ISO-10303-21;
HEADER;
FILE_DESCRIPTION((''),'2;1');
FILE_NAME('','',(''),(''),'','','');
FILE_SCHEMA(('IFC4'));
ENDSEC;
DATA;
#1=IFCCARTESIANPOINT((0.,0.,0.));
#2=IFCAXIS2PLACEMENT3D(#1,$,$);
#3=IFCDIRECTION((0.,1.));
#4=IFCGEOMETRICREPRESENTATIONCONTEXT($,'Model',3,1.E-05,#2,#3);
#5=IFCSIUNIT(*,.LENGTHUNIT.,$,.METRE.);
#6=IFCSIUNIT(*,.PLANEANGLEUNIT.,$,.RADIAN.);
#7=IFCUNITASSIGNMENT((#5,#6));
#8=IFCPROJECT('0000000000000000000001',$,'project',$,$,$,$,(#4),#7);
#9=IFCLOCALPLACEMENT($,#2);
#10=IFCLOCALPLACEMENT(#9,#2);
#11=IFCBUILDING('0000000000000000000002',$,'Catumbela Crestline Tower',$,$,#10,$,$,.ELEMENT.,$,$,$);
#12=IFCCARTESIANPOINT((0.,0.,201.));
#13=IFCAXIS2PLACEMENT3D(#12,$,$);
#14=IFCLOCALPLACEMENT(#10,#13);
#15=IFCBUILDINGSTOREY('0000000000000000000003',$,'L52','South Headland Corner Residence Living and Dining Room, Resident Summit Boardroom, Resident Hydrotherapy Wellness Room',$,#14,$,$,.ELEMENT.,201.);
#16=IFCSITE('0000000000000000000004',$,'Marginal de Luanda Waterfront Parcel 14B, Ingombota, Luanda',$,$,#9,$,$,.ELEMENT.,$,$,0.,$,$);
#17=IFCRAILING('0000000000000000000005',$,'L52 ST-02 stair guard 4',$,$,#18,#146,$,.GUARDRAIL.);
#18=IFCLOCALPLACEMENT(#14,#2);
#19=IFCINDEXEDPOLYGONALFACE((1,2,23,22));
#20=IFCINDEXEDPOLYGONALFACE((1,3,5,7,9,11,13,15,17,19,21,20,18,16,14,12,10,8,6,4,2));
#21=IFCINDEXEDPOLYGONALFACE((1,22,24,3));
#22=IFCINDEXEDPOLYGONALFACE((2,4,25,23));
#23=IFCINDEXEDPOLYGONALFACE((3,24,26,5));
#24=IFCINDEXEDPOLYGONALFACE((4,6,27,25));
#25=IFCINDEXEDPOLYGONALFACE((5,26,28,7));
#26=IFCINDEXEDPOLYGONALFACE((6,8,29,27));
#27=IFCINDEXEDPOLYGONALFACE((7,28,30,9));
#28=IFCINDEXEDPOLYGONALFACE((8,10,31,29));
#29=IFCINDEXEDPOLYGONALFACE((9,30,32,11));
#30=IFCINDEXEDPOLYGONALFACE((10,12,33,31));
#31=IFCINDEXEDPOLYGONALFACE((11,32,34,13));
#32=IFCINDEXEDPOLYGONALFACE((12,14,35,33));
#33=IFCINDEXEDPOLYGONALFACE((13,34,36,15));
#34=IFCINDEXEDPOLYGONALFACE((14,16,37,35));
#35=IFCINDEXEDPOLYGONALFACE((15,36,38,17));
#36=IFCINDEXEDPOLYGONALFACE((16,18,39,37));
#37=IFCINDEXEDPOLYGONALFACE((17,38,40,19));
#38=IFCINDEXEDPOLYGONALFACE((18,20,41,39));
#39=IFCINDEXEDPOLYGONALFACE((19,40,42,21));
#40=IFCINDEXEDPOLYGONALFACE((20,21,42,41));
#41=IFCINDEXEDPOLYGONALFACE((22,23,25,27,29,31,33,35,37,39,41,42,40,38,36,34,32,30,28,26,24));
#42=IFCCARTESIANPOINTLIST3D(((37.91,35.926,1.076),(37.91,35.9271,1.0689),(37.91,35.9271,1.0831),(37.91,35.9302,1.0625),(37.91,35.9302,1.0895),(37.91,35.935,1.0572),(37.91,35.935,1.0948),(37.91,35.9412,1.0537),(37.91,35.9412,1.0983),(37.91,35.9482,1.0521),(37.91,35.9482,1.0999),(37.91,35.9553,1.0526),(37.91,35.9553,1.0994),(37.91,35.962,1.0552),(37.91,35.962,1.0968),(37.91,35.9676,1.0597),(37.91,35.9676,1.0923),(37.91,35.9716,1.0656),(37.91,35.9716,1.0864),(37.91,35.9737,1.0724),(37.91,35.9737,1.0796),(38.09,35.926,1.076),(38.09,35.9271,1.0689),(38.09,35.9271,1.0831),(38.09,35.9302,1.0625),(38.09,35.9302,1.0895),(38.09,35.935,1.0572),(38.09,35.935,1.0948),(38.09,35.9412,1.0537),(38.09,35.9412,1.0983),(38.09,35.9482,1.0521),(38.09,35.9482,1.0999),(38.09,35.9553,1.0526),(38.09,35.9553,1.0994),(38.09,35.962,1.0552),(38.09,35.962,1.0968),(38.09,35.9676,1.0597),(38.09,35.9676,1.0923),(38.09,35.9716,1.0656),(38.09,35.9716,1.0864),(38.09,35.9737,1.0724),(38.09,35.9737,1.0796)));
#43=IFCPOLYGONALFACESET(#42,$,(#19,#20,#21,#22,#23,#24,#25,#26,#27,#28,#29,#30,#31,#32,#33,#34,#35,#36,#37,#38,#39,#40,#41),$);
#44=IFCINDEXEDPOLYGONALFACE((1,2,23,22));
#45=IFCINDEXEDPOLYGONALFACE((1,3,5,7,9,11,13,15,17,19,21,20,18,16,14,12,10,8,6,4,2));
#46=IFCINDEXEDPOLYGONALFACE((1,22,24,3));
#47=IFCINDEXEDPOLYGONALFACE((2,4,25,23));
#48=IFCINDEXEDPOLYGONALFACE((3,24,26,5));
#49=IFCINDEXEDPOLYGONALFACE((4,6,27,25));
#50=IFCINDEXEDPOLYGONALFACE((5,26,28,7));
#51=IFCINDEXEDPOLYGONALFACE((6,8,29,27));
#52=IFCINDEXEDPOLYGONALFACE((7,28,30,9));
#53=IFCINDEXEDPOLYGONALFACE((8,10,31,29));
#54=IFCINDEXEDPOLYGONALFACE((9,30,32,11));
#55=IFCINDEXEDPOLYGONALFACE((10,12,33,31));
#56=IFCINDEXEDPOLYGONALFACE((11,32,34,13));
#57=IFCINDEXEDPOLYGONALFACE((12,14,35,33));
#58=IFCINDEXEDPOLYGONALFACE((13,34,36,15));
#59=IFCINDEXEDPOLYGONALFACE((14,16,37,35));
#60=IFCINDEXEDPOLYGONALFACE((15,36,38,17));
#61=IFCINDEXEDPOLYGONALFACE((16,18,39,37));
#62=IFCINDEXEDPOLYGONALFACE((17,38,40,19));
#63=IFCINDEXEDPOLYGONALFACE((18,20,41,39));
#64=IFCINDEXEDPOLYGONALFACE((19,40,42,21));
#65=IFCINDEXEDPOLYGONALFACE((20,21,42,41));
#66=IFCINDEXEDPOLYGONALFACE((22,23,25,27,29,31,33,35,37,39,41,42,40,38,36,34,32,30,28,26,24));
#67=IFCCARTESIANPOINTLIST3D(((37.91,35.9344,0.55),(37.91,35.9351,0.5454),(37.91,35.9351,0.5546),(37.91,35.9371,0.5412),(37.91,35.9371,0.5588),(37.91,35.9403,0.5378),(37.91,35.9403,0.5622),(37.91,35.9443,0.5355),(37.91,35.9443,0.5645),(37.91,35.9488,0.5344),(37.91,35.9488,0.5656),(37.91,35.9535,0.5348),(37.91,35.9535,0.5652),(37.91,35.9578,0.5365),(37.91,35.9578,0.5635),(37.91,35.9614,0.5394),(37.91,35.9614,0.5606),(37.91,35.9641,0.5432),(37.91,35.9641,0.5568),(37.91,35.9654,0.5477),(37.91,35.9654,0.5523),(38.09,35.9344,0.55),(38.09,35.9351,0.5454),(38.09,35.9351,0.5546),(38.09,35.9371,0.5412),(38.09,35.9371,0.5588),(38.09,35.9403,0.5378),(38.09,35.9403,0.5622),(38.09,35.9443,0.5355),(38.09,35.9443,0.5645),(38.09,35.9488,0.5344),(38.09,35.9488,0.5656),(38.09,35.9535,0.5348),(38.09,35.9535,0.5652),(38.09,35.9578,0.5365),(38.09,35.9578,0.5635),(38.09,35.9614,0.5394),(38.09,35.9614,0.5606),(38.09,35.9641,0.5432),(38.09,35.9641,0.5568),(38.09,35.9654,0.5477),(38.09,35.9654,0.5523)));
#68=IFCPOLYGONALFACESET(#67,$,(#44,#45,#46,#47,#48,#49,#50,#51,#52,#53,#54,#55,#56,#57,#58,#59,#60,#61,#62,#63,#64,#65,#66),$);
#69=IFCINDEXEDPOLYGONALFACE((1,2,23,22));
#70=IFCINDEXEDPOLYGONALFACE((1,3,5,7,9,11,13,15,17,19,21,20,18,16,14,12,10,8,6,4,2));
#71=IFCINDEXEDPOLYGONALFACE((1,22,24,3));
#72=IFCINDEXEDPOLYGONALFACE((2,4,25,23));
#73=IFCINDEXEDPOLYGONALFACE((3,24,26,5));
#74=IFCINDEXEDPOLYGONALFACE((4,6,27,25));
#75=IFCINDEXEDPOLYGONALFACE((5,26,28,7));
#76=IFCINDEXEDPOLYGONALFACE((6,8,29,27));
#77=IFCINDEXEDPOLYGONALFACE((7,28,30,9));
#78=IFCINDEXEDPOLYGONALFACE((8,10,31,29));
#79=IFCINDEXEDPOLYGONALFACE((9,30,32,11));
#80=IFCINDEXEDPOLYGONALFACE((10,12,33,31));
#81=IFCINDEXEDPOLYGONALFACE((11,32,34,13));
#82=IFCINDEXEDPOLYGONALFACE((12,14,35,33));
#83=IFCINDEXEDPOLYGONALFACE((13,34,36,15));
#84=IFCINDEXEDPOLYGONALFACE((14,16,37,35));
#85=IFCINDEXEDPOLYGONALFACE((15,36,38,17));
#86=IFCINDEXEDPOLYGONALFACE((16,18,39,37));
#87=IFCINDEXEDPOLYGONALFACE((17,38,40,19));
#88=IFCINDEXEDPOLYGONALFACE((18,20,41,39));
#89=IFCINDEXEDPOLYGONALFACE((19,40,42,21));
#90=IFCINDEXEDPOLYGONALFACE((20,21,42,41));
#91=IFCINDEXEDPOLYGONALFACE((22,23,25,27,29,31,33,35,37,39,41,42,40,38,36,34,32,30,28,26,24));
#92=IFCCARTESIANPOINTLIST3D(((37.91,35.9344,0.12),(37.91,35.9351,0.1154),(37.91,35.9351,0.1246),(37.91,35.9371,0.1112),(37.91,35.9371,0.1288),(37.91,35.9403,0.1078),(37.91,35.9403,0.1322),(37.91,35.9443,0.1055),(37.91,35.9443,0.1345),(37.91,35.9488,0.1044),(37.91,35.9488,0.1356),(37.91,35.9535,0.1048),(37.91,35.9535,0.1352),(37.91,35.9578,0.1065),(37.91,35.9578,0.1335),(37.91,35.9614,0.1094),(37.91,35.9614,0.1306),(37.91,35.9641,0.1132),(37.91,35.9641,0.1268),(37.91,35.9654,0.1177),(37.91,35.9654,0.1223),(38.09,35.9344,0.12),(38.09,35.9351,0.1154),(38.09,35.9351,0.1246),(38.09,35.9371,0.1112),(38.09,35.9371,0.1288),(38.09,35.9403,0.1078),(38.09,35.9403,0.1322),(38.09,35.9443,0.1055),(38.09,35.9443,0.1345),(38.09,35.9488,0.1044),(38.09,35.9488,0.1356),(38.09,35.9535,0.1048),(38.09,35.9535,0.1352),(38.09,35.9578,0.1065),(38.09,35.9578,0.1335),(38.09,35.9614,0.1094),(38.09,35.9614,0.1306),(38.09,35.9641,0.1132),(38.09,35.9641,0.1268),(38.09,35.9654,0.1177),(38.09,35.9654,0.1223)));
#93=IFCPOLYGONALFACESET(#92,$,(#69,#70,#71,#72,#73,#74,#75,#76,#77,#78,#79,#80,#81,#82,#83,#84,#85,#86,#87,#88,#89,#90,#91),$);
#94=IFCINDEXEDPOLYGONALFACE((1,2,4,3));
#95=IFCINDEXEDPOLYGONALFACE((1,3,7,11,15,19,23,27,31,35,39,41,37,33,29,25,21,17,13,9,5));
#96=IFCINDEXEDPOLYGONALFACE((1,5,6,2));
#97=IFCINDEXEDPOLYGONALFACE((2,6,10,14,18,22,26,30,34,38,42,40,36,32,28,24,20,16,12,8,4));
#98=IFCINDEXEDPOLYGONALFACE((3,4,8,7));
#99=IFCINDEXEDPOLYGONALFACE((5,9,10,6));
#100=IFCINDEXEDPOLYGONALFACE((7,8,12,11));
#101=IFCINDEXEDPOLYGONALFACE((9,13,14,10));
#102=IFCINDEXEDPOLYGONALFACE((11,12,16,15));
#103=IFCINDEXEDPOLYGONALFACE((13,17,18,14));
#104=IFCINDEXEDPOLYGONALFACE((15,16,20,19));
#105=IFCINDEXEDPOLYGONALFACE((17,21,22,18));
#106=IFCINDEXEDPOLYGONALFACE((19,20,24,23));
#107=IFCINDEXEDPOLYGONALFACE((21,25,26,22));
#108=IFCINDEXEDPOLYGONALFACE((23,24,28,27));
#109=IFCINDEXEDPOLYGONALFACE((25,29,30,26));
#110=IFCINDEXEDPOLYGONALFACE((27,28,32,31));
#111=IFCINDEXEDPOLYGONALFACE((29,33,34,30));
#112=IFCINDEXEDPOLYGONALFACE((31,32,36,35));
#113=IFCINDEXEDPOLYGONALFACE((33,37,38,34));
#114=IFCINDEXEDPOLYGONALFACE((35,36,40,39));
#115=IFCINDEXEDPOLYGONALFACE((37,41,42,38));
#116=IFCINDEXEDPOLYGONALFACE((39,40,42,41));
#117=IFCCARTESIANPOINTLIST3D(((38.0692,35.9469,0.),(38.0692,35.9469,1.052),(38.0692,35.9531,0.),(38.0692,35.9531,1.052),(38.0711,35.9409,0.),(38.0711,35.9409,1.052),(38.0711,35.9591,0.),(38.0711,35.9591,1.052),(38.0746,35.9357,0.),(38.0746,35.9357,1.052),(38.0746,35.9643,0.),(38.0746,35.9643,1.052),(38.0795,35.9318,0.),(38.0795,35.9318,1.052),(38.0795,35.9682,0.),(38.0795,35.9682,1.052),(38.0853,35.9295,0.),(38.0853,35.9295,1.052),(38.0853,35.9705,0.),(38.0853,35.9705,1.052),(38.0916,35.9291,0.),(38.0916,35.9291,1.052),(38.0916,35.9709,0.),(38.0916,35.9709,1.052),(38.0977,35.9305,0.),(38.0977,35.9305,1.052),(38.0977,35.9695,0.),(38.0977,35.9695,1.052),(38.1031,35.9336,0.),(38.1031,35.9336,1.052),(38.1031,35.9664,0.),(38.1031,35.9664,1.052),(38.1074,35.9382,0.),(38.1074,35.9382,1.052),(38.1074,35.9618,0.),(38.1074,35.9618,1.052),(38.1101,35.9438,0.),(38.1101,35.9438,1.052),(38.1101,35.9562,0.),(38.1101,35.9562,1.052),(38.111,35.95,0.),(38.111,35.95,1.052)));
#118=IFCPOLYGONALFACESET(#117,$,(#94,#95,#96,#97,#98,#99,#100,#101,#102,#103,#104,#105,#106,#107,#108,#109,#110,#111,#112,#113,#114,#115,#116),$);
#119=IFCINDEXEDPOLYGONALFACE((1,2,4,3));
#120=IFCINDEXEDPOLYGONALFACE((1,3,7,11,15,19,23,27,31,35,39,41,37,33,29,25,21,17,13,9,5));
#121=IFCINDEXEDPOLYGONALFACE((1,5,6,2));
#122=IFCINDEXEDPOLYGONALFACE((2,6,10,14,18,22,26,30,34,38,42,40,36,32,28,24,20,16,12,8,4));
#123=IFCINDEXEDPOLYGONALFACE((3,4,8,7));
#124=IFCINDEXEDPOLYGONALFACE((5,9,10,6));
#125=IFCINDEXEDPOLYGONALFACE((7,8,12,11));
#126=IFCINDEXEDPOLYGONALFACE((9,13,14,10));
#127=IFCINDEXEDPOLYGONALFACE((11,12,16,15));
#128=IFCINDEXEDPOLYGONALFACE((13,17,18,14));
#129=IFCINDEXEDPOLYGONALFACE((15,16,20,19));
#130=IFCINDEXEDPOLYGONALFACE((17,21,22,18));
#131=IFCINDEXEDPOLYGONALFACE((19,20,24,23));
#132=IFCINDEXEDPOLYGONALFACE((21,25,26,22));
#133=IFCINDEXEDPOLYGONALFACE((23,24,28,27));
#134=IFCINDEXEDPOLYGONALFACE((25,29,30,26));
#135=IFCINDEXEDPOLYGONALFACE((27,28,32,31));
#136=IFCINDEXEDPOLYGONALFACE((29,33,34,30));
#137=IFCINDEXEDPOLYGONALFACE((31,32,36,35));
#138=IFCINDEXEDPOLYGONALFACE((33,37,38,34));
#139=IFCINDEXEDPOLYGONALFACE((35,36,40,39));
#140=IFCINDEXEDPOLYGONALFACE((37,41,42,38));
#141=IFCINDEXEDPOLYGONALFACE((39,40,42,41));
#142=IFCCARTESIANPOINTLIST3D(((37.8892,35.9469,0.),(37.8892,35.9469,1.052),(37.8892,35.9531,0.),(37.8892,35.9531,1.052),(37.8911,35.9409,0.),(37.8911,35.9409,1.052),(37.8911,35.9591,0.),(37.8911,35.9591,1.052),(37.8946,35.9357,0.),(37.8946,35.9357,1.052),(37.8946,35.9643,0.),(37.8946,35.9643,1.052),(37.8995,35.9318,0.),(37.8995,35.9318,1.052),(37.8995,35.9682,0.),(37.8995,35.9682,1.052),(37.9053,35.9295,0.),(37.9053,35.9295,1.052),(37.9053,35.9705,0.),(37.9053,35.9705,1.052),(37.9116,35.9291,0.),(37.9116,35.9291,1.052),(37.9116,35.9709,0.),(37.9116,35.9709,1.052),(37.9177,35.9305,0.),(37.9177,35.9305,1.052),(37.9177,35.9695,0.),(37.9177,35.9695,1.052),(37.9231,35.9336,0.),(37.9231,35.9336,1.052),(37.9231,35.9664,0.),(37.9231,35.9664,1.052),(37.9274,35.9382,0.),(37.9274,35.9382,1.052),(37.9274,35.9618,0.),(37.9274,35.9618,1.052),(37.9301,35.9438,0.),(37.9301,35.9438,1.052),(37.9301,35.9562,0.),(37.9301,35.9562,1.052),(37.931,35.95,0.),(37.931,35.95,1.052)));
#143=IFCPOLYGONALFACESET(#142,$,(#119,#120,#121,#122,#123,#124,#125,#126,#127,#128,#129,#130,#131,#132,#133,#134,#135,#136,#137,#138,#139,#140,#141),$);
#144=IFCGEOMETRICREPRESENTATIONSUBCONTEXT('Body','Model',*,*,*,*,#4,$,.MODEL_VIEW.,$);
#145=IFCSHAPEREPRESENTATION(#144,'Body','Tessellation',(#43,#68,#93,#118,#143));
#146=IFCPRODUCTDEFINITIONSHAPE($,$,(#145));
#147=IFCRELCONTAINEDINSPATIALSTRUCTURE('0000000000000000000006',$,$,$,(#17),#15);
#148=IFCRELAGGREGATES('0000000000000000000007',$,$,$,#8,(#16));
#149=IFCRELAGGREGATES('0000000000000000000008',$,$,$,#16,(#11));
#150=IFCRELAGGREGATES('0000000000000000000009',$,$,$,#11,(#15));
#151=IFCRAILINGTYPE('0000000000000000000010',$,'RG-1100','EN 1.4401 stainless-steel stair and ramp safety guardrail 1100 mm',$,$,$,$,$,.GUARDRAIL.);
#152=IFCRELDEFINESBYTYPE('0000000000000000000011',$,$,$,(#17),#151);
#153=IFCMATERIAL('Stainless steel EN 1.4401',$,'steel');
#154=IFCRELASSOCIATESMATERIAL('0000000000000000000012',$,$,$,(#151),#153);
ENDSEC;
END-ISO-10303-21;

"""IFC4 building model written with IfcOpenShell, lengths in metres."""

from ifc_helpers import new_model, si_unit, direction, frame, origin, origin_2d, place, context, subcontext, project, spatial, circle, extrude, material, type_object, element, save


model = new_model("IFC4")

# Units and contexts
model_context = context("Model", 3, precision=1e-05, world=origin(), true_north=direction((0.0, 1.0)))
body_context = subcontext(model_context, "Body", "Model", "MODEL_VIEW")
ifc_project = project(units=[si_unit("LENGTHUNIT", "METRE"), si_unit("PLANEANGLEUNIT", "RADIAN")], contexts=[model_context])

# Site, building, storey
site_placement = place(None, origin())
site = spatial("IfcSite", under=ifc_project, at=site_placement, Name="Marginal de Luanda Waterfront Parcel 14B, Ingombota, Luanda", CompositionType="ELEMENT", RefElevation=0.0)
building_placement = place(site_placement, origin())
building = spatial("IfcBuilding", under=site, at=building_placement, Name="Catumbela Crestline Tower", CompositionType="ELEMENT")
storey_placement = place(building_placement, frame((0.0, 0.0, 201.0)))
storey = spatial("IfcBuildingStorey", under=building, at=storey_placement, Name="L52", Description="South Headland Corner Residence Living and Dining Room, Resident Summit Boardroom, Resident Hydrotherapy Wellness Room", CompositionType="ELEMENT", Elevation=201.0)

# Shared definitions
ifc_material_1 = material(Name="Stainless steel EN 1.4401", Category="steel")

# Railing
railing_type_1 = type_object("IfcRailingType", Name="RG-1100", Description="EN 1.4401 stainless-steel stair and ramp safety guardrail 1100 mm", PredefinedType="GUARDRAIL", material=ifc_material_1)
railing_1_placement = place(storey_placement, frame((38.09, 35.95, 0.0)))
element("IfcRailing", 1, at=railing_1_placement, inside=storey, type_object=railing_type_1, Name="L52 ST-02 stair guard 4", PredefinedType="GUARDRAIL", context=body_context, shape_type="SweptSolid", body=[
    extrude(circle(Radius=0.024, at=origin_2d()), frame((0.0, 0.0, 1.076), z_axis=(-1.0, 0.0, 0.0), x_axis=(0.0, -1.0, 0.0)), (0.0, 0.0, 1.0), 0.18),
    extrude(circle(Radius=0.0156, at=origin_2d()), frame((0.0, 0.0, 0.55), z_axis=(-1.0, 0.0, 0.0), x_axis=(0.0, -1.0, 0.0)), (0.0, 0.0, 1.0), 0.18),
    extrude(circle(Radius=0.0156, at=origin_2d()), frame((0.0, 0.0, 0.12), z_axis=(-1.0, 0.0, 0.0), x_axis=(0.0, -1.0, 0.0)), (0.0, 0.0, 1.0), 0.18),
    extrude(circle(Radius=0.021, at=origin_2d()), origin(), (0.0, 0.0, 1.0), 1.052),
    extrude(circle(Radius=0.021, at=origin_2d()), frame((-0.18, 0.0, 0.0)), (0.0, 0.0, 1.0), 1.052),
])

save(model, "model.ifc")
